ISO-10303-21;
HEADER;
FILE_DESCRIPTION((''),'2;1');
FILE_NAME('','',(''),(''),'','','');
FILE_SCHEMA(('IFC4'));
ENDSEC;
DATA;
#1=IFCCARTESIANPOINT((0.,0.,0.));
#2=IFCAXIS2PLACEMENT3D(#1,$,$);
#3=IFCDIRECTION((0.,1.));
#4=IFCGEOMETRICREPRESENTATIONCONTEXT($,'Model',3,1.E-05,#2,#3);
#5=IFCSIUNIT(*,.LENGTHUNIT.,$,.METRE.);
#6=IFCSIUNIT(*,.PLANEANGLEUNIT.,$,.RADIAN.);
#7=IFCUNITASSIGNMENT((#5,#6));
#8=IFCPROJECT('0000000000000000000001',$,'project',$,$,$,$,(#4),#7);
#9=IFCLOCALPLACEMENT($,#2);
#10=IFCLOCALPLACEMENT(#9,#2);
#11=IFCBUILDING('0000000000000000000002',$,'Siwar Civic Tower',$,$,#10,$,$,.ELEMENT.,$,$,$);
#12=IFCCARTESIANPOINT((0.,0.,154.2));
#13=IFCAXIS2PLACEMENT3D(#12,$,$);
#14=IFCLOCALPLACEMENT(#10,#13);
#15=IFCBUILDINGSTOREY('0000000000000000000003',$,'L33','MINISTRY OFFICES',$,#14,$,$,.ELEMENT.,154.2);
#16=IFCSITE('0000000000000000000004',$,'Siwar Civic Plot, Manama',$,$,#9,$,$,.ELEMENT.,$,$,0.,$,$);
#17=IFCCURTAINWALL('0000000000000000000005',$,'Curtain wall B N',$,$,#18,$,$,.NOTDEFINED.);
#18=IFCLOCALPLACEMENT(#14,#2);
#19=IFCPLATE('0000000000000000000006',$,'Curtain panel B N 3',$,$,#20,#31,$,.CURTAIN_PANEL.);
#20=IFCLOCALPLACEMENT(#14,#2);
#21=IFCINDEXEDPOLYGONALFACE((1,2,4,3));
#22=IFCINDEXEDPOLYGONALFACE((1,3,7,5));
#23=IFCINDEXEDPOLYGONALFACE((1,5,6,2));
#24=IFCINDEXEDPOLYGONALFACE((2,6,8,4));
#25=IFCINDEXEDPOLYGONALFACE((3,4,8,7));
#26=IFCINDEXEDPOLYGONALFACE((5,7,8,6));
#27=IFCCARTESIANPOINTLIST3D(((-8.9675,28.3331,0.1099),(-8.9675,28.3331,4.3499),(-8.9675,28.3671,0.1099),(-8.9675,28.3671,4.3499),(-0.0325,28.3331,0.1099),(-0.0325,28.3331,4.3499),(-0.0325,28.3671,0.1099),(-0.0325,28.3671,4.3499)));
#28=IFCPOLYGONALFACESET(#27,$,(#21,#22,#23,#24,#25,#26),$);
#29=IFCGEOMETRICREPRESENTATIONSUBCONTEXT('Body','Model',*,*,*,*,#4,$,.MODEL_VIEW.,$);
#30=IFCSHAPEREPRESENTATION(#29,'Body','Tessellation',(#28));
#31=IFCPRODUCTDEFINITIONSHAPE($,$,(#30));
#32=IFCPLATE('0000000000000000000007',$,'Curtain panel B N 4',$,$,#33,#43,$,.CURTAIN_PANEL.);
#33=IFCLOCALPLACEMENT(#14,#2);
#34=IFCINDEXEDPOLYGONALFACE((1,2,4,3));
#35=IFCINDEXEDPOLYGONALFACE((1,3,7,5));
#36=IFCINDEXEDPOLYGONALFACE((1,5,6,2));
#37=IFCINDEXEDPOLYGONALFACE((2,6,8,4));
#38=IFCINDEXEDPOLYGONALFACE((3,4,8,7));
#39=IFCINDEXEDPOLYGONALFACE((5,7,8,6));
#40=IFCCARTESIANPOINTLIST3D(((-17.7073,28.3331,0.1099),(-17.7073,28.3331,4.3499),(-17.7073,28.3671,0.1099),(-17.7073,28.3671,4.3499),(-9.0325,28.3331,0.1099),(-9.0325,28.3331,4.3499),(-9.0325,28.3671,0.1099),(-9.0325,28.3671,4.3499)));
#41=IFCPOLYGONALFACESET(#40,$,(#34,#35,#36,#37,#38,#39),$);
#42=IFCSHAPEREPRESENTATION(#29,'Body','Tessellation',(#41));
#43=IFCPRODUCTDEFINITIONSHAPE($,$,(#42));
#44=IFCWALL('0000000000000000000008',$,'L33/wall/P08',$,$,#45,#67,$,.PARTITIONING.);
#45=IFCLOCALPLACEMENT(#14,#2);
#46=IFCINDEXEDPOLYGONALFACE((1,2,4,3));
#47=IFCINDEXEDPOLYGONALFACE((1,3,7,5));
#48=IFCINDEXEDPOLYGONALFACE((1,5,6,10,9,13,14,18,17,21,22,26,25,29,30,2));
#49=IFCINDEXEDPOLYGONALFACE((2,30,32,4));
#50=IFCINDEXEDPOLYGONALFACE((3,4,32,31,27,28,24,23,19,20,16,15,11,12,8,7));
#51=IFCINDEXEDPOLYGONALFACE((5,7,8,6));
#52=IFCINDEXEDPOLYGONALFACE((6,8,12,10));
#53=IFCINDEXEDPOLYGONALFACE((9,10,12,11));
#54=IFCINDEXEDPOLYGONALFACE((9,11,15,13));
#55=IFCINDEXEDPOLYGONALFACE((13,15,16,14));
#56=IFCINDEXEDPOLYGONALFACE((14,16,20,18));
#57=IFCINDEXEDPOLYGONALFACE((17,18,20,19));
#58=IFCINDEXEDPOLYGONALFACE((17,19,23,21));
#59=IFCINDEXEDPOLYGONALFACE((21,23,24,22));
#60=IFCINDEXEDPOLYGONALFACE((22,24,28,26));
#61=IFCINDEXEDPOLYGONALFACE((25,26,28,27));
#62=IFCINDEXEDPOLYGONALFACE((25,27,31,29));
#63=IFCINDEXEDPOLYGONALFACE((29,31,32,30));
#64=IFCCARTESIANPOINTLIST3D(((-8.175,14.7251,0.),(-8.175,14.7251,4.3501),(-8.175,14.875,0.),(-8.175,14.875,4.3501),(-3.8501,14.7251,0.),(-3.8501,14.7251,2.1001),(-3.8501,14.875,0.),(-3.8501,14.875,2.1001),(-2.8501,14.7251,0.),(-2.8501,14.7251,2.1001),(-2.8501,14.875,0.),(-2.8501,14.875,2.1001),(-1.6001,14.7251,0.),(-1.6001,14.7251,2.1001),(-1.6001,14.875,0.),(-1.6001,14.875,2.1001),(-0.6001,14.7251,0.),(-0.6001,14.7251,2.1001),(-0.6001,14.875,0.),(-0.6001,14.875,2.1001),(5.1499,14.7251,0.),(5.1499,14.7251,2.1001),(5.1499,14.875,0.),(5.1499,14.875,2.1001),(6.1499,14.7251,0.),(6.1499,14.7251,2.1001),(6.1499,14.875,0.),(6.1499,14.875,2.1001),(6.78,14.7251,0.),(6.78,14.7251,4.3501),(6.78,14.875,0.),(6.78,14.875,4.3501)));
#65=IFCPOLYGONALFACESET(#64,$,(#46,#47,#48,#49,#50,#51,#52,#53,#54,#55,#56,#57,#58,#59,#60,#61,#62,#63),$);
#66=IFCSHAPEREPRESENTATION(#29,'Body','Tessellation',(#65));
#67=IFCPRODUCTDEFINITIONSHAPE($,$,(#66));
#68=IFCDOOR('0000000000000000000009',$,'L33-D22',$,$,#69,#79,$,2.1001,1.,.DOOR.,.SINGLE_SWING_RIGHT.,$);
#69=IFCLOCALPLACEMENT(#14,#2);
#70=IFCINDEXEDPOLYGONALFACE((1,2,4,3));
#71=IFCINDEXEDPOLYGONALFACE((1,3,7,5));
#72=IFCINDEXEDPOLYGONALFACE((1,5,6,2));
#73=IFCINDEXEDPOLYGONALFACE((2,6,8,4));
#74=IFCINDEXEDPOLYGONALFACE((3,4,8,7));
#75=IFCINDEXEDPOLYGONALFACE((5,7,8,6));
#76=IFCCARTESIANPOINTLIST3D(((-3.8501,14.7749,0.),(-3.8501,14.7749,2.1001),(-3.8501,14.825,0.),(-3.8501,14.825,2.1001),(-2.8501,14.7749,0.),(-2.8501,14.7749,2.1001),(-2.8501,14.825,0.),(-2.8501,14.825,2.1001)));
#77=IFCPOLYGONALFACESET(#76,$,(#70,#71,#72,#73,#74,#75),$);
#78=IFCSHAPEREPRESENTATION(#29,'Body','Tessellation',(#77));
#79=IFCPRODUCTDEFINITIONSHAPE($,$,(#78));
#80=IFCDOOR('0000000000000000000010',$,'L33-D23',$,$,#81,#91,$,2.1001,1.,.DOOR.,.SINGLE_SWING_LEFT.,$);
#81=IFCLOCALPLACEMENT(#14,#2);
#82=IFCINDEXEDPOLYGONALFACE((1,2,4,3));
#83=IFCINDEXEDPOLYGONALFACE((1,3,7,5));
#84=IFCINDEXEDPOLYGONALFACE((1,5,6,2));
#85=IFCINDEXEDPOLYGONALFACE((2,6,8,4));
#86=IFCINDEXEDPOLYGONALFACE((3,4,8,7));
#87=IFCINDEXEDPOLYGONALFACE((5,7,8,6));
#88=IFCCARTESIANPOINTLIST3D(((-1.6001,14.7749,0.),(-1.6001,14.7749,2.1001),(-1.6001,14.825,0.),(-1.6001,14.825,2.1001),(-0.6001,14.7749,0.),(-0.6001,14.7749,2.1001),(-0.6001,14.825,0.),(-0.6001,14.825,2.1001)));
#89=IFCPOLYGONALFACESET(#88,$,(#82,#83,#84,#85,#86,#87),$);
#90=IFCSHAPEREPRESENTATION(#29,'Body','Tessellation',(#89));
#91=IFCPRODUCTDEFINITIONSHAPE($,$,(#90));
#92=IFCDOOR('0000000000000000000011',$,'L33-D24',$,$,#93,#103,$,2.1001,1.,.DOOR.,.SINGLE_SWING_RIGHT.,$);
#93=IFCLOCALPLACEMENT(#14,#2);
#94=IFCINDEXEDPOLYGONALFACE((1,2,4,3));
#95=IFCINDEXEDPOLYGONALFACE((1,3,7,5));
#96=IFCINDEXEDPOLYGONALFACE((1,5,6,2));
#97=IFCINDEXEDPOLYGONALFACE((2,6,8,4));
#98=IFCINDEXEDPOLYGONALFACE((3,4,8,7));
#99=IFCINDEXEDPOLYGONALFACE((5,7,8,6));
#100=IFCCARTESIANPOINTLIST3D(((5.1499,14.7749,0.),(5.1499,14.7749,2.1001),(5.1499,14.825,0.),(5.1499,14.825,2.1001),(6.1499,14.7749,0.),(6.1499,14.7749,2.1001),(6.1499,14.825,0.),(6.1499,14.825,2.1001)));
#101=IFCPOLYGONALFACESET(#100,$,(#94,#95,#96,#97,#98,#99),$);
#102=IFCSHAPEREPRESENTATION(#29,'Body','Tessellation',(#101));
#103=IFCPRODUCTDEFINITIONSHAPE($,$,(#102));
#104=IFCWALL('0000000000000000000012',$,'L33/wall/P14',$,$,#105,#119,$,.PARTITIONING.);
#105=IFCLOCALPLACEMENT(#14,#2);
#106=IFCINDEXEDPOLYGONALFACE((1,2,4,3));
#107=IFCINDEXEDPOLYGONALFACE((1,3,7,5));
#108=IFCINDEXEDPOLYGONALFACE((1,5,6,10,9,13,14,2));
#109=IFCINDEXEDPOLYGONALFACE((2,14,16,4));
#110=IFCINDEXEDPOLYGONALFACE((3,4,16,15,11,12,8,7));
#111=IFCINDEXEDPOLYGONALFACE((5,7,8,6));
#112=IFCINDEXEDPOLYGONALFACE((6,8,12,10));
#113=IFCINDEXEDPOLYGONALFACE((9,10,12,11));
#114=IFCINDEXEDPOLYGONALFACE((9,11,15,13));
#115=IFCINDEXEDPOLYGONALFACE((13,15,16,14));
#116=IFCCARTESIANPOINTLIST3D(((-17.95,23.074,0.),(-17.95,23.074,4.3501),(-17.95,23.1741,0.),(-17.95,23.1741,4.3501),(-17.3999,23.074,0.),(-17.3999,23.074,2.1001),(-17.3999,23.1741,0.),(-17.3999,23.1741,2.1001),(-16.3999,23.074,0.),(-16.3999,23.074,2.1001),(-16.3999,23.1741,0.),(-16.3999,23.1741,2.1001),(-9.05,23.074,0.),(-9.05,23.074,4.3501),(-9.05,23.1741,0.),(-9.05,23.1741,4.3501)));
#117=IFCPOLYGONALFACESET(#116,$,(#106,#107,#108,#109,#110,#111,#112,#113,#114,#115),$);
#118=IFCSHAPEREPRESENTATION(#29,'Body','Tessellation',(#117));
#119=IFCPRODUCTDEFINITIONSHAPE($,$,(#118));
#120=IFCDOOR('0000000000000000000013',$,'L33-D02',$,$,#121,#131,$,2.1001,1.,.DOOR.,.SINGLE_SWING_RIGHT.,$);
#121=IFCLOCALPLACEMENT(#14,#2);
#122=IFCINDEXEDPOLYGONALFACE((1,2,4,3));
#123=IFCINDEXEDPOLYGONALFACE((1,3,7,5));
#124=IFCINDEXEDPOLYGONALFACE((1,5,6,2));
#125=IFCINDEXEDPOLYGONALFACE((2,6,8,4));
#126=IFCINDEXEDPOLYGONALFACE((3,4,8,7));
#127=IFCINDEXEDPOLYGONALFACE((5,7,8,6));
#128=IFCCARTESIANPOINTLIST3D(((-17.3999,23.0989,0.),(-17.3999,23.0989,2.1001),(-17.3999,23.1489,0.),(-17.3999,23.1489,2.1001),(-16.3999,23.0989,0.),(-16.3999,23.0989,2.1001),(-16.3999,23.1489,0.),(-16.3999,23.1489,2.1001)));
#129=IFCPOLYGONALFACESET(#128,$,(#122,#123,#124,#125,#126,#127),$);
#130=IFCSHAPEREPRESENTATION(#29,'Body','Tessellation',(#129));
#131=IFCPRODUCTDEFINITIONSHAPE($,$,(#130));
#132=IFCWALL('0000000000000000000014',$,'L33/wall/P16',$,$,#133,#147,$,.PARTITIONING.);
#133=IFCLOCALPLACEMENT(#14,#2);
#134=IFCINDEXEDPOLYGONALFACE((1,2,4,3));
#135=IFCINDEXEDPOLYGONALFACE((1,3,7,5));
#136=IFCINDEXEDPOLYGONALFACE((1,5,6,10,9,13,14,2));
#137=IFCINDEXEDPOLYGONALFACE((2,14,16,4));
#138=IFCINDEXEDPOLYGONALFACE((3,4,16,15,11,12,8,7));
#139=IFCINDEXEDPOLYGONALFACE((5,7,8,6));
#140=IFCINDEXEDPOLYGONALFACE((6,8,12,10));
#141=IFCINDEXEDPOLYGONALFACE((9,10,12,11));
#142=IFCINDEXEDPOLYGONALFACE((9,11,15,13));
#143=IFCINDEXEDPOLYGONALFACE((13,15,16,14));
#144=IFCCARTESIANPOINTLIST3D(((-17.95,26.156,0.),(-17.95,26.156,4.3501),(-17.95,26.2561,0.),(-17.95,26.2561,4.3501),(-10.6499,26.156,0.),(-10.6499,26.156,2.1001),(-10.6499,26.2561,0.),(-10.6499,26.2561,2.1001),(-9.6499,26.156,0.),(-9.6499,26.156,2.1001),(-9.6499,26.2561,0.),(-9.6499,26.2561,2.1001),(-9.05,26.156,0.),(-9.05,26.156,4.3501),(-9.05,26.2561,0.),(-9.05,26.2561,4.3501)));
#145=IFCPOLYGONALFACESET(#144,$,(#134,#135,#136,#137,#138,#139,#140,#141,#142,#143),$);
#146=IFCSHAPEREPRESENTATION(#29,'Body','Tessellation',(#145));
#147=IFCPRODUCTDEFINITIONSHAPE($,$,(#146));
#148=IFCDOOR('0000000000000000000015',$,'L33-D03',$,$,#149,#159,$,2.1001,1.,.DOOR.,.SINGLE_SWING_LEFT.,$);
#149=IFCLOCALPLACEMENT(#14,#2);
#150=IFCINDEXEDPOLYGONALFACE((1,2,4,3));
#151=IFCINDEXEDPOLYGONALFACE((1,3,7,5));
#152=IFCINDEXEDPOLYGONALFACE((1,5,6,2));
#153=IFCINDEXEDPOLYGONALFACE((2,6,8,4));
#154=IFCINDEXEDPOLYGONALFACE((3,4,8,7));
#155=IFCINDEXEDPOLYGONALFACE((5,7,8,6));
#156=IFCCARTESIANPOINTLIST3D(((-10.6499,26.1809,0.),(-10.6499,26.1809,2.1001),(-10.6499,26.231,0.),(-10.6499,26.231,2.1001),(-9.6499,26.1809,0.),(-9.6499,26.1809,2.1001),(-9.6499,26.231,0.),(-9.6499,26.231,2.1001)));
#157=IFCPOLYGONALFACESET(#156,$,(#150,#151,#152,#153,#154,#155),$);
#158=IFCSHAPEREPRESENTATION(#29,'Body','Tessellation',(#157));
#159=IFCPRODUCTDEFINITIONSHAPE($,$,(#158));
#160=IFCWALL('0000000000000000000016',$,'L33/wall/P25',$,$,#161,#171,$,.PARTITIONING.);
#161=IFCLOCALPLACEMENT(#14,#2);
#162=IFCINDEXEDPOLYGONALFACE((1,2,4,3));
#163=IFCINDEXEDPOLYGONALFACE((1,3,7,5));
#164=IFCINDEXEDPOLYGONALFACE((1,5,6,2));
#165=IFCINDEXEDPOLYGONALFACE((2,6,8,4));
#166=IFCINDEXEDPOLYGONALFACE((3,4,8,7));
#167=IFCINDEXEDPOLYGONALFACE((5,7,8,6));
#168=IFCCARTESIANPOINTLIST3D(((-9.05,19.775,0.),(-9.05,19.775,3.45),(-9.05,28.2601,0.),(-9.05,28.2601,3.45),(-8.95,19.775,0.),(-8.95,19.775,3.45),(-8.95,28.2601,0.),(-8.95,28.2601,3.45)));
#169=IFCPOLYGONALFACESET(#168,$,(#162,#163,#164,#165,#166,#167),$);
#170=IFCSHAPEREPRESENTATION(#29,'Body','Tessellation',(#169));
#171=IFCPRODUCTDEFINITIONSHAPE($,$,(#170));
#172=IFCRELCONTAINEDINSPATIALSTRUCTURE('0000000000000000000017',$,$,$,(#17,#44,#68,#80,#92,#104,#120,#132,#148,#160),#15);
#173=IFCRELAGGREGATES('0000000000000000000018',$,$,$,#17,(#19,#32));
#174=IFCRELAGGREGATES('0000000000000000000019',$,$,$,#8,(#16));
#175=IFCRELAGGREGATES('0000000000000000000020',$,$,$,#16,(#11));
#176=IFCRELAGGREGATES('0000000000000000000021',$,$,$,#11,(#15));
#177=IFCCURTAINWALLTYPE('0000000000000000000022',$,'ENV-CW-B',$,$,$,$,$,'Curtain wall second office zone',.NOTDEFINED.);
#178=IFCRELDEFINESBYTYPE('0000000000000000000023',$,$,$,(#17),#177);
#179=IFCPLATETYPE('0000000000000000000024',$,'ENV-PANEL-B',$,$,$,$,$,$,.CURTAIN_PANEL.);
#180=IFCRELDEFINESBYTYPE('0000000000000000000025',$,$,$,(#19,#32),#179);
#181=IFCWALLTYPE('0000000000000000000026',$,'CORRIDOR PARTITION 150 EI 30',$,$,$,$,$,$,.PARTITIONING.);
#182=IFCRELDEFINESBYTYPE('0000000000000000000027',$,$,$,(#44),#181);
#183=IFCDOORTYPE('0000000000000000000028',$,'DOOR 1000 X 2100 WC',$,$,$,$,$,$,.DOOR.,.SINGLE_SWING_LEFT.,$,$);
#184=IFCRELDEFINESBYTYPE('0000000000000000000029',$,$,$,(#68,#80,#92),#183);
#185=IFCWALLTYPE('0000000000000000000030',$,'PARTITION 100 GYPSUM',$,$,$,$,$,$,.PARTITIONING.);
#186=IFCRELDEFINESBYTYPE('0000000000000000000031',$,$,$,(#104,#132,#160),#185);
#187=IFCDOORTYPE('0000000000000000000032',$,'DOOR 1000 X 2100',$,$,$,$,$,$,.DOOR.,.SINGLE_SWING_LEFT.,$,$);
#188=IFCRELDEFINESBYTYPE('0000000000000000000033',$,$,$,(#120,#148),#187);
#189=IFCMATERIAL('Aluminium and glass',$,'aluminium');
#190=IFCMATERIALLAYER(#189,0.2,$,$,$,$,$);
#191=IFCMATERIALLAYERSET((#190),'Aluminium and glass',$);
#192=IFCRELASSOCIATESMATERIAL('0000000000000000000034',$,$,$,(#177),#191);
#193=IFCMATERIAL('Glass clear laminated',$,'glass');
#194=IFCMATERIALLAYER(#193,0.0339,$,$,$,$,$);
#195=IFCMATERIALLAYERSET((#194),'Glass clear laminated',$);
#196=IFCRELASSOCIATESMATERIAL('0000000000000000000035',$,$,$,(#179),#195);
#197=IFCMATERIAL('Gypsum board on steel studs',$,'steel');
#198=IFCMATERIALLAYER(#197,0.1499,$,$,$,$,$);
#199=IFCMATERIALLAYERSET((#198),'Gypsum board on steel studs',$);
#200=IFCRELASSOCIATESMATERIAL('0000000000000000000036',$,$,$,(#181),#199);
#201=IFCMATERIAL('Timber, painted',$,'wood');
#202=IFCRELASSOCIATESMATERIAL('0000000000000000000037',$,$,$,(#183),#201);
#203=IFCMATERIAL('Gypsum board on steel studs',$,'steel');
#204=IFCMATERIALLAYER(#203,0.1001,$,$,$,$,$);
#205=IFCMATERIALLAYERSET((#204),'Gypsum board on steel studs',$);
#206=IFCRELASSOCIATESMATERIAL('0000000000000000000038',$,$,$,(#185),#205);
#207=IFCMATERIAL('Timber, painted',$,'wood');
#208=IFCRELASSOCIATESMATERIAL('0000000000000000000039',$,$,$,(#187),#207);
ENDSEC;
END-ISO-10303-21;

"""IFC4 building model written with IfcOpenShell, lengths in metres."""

from ifc_helpers import new_model, si_unit, direction, frame, frame_2d, origin, origin_2d, place, context, subcontext, project, spatial, rectangle, extrude, material, layer, layer_set, type_object, element, fill, aggregate, save


model = new_model("IFC4")

# Units and contexts
model_context = context("Model", 3, precision=1e-05, world=origin(), true_north=direction((0.0, 1.0)))
body_context = subcontext(model_context, "Body", "Model", "MODEL_VIEW")
ifc_project = project(units=[si_unit("LENGTHUNIT", "METRE"), si_unit("PLANEANGLEUNIT", "RADIAN")], contexts=[model_context])

# Site, building, storey
site_placement = place(None, origin())
site = spatial("IfcSite", under=ifc_project, at=site_placement, Name="Siwar Civic Plot, Manama", CompositionType="ELEMENT", RefElevation=0.0)
building_placement = place(site_placement, origin())
building = spatial("IfcBuilding", under=site, at=building_placement, Name="Siwar Civic Tower", CompositionType="ELEMENT")
storey_placement = place(building_placement, frame((0.0, 0.0, 154.2)))
storey = spatial("IfcBuildingStorey", under=building, at=storey_placement, Name="L33", Description="MINISTRY OFFICES", CompositionType="ELEMENT", Elevation=154.2)

# Curtain wall
ifc_material_1 = material(Name="Aluminium and glass", Category="aluminium")
ifc_layer_1 = layer(ifc_material_1, 0.2)
ifc_layer_set_1 = layer_set([ifc_layer_1], Name="Aluminium and glass")
curtain_wall_type_1 = type_object("IfcCurtainWallType", Name="ENV-CW-B", ElementType="Curtain wall second office zone", PredefinedType="NOTDEFINED", material=ifc_layer_set_1)
curtain_wall_1_placement = place(storey_placement, origin())
curtain_wall_1 = element("IfcCurtainWall", 1, at=curtain_wall_1_placement, inside=storey, type_object=curtain_wall_type_1, Name="Curtain wall B N", PredefinedType="NOTDEFINED")

# Plates
ifc_material_2 = material(Name="Glass clear laminated", Category="glass")
ifc_layer_2 = layer(ifc_material_2, 0.0339)
ifc_layer_set_2 = layer_set([ifc_layer_2], Name="Glass clear laminated")
plate_type = type_object("IfcPlateType", Name="ENV-PANEL-B", PredefinedType="CURTAIN_PANEL", material=ifc_layer_set_2)
plate_1_placement = place(storey_placement, frame((-4.5, 28.3501, 0.1099), z_axis=(0.0, 0.0, 1.0), x_axis=(-1.0, 0.0, 0.0)))
plate_1 = element("IfcPlate", 2, at=plate_1_placement, type_object=plate_type, Name="Curtain panel B N 3", PredefinedType="CURTAIN_PANEL", context=body_context, shape_type="SweptSolid", body=[
    extrude(rectangle(XDim=8.9351, YDim=0.0339, at=origin_2d()), origin(), (0.0, 0.0, 1.0), 4.24),
])
plate_2_placement = place(storey_placement, frame((-13.3699, 28.3501, 0.1099), z_axis=(0.0, 0.0, 1.0), x_axis=(-1.0, 0.0, 0.0)))
plate_2 = element("IfcPlate", 3, at=plate_2_placement, type_object=plate_type, Name="Curtain panel B N 4", PredefinedType="CURTAIN_PANEL", context=body_context, shape_type="SweptSolid", body=[
    extrude(rectangle(XDim=8.6748, YDim=0.0339, at=origin_2d()), origin(), (0.0, 0.0, 1.0), 4.24),
])
aggregate(curtain_wall_1, [plate_1, plate_2])

# Wall, openings, doors
ifc_material_3 = material(Name="Gypsum board on steel studs", Category="steel")
ifc_layer_3 = layer(ifc_material_3, 0.1499)
ifc_layer_set_3 = layer_set([ifc_layer_3], Name="Gypsum board on steel studs")
wall_type_1 = type_object("IfcWallType", Name="CORRIDOR PARTITION 150 EI 30", PredefinedType="PARTITIONING", material=ifc_layer_set_3)
wall_1_placement = place(storey_placement, frame((-8.175, 14.8, 0.0), z_axis=(0.0, 0.0, 1.0), x_axis=(1.0, 0.0, 0.0)))
wall_1 = element("IfcWall", 4, at=wall_1_placement, inside=storey, type_object=wall_type_1, Name="L33/wall/P08", PredefinedType="PARTITIONING", context=body_context, shape_type="SweptSolid", body=[
    extrude(rectangle(XDim=14.9551, YDim=0.1499, at=frame_2d((7.4775, 0.0))), origin(), (0.0, 0.0, 1.0), 4.3501),
])
opening_1_placement = place(wall_1_placement, frame((4.325, 0.0, 0.0)))
opening_1 = element("IfcOpeningElement", 5, at=opening_1_placement, cuts=wall_1, PredefinedType="OPENING", context=body_context, shape_type="SweptSolid", body=[
    extrude(rectangle(XDim=1.0, YDim=2.1001, at=frame_2d((0.5, 1.05))), frame((0.0, 0.085, 0.0), z_axis=(0.0, -1.0, 0.0), x_axis=(1.0, 0.0, 0.0)), (0.0, 0.0, 1.0), 0.1699),
])
opening_2_placement = place(wall_1_placement, frame((6.575, 0.0, 0.0)))
opening_2 = element("IfcOpeningElement", 6, at=opening_2_placement, cuts=wall_1, PredefinedType="OPENING", context=body_context, shape_type="SweptSolid", body=[
    extrude(rectangle(XDim=1.0, YDim=2.1001, at=frame_2d((0.5, 1.05))), frame((0.0, 0.085, 0.0), z_axis=(0.0, -1.0, 0.0), x_axis=(1.0, 0.0, 0.0)), (0.0, 0.0, 1.0), 0.1699),
])
opening_3_placement = place(wall_1_placement, frame((13.325, 0.0, 0.0)))
opening_3 = element("IfcOpeningElement", 7, at=opening_3_placement, cuts=wall_1, PredefinedType="OPENING", context=body_context, shape_type="SweptSolid", body=[
    extrude(rectangle(XDim=1.0, YDim=2.1001, at=frame_2d((0.5, 1.05))), frame((0.0, 0.085, 0.0), z_axis=(0.0, -1.0, 0.0), x_axis=(1.0, 0.0, 0.0)), (0.0, 0.0, 1.0), 0.1699),
])
ifc_material_4 = material(Name="Timber, painted", Category="wood")
door_type_1 = type_object("IfcDoorType", Name="DOOR 1000 X 2100 WC", OperationType="SINGLE_SWING_LEFT", PredefinedType="DOOR", material=ifc_material_4)
door_1_placement = place(opening_1_placement, origin())
door_1 = element("IfcDoor", 8, at=door_1_placement, inside=storey, type_object=door_type_1, Name="L33-D22", OperationType="SINGLE_SWING_RIGHT", OverallHeight=2.1001, OverallWidth=1.0, PredefinedType="DOOR", context=body_context, shape_type="SweptSolid", body=[
    extrude(rectangle(XDim=1.0, YDim=2.1001, at=frame_2d((0.5, 1.05))), frame((0.0, 0.0249, 0.0), z_axis=(0.0, -1.0, 0.0), x_axis=(1.0, 0.0, 0.0)), (0.0, 0.0, 1.0), 0.05),
])
fill(opening_1, door_1)
door_2_placement = place(opening_2_placement, origin())
door_2 = element("IfcDoor", 9, at=door_2_placement, inside=storey, type_object=door_type_1, Name="L33-D23", OperationType="SINGLE_SWING_LEFT", OverallHeight=2.1001, OverallWidth=1.0, PredefinedType="DOOR", context=body_context, shape_type="SweptSolid", body=[
    extrude(rectangle(XDim=1.0, YDim=2.1001, at=frame_2d((0.5, 1.05))), frame((0.0, 0.0249, 0.0), z_axis=(0.0, -1.0, 0.0), x_axis=(1.0, 0.0, 0.0)), (0.0, 0.0, 1.0), 0.05),
])
fill(opening_2, door_2)
door_3_placement = place(opening_3_placement, origin())
door_3 = element("IfcDoor", 10, at=door_3_placement, inside=storey, type_object=door_type_1, Name="L33-D24", OperationType="SINGLE_SWING_RIGHT", OverallHeight=2.1001, OverallWidth=1.0, PredefinedType="DOOR", context=body_context, shape_type="SweptSolid", body=[
    extrude(rectangle(XDim=1.0, YDim=2.1001, at=frame_2d((0.5, 1.05))), frame((0.0, 0.0249, 0.0), z_axis=(0.0, -1.0, 0.0), x_axis=(1.0, 0.0, 0.0)), (0.0, 0.0, 1.0), 0.05),
])
fill(opening_3, door_3)

# Walls, openings, doors
ifc_material_5 = material(Name="Gypsum board on steel studs", Category="steel")
ifc_layer_4 = layer(ifc_material_5, 0.1001)
ifc_layer_set_4 = layer_set([ifc_layer_4], Name="Gypsum board on steel studs")
wall_type_2 = type_object("IfcWallType", Name="PARTITION 100 GYPSUM", PredefinedType="PARTITIONING", material=ifc_layer_set_4)
wall_2_placement = place(storey_placement, frame((-17.95, 23.124, 0.0), z_axis=(0.0, 0.0, 1.0), x_axis=(1.0, 0.0, 0.0)))
wall_2 = element("IfcWall", 11, at=wall_2_placement, inside=storey, type_object=wall_type_2, Name="L33/wall/P14", PredefinedType="PARTITIONING", context=body_context, shape_type="SweptSolid", body=[
    extrude(rectangle(XDim=8.8999, YDim=0.1001, at=frame_2d((4.45, 0.0))), origin(), (0.0, 0.0, 1.0), 4.3501),
])
opening_4_placement = place(wall_2_placement, frame((0.55, 0.0, 0.0)))
opening_4 = element("IfcOpeningElement", 12, at=opening_4_placement, cuts=wall_2, PredefinedType="OPENING", context=body_context, shape_type="SweptSolid", body=[
    extrude(rectangle(XDim=1.0, YDim=2.1001, at=frame_2d((0.5, 1.05))), frame((0.0, 0.0601, 0.0), z_axis=(0.0, -1.0, 0.0), x_axis=(1.0, 0.0, 0.0)), (0.0, 0.0, 1.0), 0.1201),
])
ifc_material_6 = material(Name="Timber, painted", Category="wood")
door_type_2 = type_object("IfcDoorType", Name="DOOR 1000 X 2100", OperationType="SINGLE_SWING_LEFT", PredefinedType="DOOR", material=ifc_material_6)
door_4_placement = place(opening_4_placement, origin())
door_4 = element("IfcDoor", 13, at=door_4_placement, inside=storey, type_object=door_type_2, Name="L33-D02", OperationType="SINGLE_SWING_RIGHT", OverallHeight=2.1001, OverallWidth=1.0, PredefinedType="DOOR", context=body_context, shape_type="SweptSolid", body=[
    extrude(rectangle(XDim=1.0, YDim=2.1001, at=frame_2d((0.5, 1.05))), frame((0.0, 0.0249, 0.0), z_axis=(0.0, -1.0, 0.0), x_axis=(1.0, 0.0, 0.0)), (0.0, 0.0, 1.0), 0.05),
])
fill(opening_4, door_4)
wall_3_placement = place(storey_placement, frame((-17.95, 26.2061, 0.0), z_axis=(0.0, 0.0, 1.0), x_axis=(1.0, 0.0, 0.0)))
wall_3 = element("IfcWall", 14, at=wall_3_placement, inside=storey, type_object=wall_type_2, Name="L33/wall/P16", PredefinedType="PARTITIONING", context=body_context, shape_type="SweptSolid", body=[
    extrude(rectangle(XDim=8.8999, YDim=0.1001, at=frame_2d((4.45, 0.0))), origin(), (0.0, 0.0, 1.0), 4.3501),
])
opening_5_placement = place(wall_3_placement, frame((7.3, 0.0, 0.0)))
opening_5 = element("IfcOpeningElement", 15, at=opening_5_placement, cuts=wall_3, PredefinedType="OPENING", context=body_context, shape_type="SweptSolid", body=[
    extrude(rectangle(XDim=1.0, YDim=2.1001, at=frame_2d((0.5, 1.05))), frame((0.0, 0.0601, 0.0), z_axis=(0.0, -1.0, 0.0), x_axis=(1.0, 0.0, 0.0)), (0.0, 0.0, 1.0), 0.1201),
])
door_5_placement = place(opening_5_placement, origin())
door_5 = element("IfcDoor", 16, at=door_5_placement, inside=storey, type_object=door_type_2, Name="L33-D03", OperationType="SINGLE_SWING_LEFT", OverallHeight=2.1001, OverallWidth=1.0, PredefinedType="DOOR", context=body_context, shape_type="SweptSolid", body=[
    extrude(rectangle(XDim=1.0, YDim=2.1001, at=frame_2d((0.5, 1.05))), frame((0.0, 0.0249, 0.0), z_axis=(0.0, -1.0, 0.0), x_axis=(1.0, 0.0, 0.0)), (0.0, 0.0, 1.0), 0.05),
])
fill(opening_5, door_5)

# Wall
wall_4_placement = place(storey_placement, frame((-9.0, 19.7749, 0.0), z_axis=(0.0, 0.0, 1.0), x_axis=(0.0, 1.0, 0.0)))
element("IfcWall", 17, at=wall_4_placement, inside=storey, type_object=wall_type_2, Name="L33/wall/P25", PredefinedType="PARTITIONING", context=body_context, shape_type="SweptSolid", body=[
    extrude(rectangle(XDim=8.4851, YDim=0.1001, at=frame_2d((4.2427, 0.0))), origin(), (0.0, 0.0, 1.0), 3.45),
])

save(model, "model.ifc")
